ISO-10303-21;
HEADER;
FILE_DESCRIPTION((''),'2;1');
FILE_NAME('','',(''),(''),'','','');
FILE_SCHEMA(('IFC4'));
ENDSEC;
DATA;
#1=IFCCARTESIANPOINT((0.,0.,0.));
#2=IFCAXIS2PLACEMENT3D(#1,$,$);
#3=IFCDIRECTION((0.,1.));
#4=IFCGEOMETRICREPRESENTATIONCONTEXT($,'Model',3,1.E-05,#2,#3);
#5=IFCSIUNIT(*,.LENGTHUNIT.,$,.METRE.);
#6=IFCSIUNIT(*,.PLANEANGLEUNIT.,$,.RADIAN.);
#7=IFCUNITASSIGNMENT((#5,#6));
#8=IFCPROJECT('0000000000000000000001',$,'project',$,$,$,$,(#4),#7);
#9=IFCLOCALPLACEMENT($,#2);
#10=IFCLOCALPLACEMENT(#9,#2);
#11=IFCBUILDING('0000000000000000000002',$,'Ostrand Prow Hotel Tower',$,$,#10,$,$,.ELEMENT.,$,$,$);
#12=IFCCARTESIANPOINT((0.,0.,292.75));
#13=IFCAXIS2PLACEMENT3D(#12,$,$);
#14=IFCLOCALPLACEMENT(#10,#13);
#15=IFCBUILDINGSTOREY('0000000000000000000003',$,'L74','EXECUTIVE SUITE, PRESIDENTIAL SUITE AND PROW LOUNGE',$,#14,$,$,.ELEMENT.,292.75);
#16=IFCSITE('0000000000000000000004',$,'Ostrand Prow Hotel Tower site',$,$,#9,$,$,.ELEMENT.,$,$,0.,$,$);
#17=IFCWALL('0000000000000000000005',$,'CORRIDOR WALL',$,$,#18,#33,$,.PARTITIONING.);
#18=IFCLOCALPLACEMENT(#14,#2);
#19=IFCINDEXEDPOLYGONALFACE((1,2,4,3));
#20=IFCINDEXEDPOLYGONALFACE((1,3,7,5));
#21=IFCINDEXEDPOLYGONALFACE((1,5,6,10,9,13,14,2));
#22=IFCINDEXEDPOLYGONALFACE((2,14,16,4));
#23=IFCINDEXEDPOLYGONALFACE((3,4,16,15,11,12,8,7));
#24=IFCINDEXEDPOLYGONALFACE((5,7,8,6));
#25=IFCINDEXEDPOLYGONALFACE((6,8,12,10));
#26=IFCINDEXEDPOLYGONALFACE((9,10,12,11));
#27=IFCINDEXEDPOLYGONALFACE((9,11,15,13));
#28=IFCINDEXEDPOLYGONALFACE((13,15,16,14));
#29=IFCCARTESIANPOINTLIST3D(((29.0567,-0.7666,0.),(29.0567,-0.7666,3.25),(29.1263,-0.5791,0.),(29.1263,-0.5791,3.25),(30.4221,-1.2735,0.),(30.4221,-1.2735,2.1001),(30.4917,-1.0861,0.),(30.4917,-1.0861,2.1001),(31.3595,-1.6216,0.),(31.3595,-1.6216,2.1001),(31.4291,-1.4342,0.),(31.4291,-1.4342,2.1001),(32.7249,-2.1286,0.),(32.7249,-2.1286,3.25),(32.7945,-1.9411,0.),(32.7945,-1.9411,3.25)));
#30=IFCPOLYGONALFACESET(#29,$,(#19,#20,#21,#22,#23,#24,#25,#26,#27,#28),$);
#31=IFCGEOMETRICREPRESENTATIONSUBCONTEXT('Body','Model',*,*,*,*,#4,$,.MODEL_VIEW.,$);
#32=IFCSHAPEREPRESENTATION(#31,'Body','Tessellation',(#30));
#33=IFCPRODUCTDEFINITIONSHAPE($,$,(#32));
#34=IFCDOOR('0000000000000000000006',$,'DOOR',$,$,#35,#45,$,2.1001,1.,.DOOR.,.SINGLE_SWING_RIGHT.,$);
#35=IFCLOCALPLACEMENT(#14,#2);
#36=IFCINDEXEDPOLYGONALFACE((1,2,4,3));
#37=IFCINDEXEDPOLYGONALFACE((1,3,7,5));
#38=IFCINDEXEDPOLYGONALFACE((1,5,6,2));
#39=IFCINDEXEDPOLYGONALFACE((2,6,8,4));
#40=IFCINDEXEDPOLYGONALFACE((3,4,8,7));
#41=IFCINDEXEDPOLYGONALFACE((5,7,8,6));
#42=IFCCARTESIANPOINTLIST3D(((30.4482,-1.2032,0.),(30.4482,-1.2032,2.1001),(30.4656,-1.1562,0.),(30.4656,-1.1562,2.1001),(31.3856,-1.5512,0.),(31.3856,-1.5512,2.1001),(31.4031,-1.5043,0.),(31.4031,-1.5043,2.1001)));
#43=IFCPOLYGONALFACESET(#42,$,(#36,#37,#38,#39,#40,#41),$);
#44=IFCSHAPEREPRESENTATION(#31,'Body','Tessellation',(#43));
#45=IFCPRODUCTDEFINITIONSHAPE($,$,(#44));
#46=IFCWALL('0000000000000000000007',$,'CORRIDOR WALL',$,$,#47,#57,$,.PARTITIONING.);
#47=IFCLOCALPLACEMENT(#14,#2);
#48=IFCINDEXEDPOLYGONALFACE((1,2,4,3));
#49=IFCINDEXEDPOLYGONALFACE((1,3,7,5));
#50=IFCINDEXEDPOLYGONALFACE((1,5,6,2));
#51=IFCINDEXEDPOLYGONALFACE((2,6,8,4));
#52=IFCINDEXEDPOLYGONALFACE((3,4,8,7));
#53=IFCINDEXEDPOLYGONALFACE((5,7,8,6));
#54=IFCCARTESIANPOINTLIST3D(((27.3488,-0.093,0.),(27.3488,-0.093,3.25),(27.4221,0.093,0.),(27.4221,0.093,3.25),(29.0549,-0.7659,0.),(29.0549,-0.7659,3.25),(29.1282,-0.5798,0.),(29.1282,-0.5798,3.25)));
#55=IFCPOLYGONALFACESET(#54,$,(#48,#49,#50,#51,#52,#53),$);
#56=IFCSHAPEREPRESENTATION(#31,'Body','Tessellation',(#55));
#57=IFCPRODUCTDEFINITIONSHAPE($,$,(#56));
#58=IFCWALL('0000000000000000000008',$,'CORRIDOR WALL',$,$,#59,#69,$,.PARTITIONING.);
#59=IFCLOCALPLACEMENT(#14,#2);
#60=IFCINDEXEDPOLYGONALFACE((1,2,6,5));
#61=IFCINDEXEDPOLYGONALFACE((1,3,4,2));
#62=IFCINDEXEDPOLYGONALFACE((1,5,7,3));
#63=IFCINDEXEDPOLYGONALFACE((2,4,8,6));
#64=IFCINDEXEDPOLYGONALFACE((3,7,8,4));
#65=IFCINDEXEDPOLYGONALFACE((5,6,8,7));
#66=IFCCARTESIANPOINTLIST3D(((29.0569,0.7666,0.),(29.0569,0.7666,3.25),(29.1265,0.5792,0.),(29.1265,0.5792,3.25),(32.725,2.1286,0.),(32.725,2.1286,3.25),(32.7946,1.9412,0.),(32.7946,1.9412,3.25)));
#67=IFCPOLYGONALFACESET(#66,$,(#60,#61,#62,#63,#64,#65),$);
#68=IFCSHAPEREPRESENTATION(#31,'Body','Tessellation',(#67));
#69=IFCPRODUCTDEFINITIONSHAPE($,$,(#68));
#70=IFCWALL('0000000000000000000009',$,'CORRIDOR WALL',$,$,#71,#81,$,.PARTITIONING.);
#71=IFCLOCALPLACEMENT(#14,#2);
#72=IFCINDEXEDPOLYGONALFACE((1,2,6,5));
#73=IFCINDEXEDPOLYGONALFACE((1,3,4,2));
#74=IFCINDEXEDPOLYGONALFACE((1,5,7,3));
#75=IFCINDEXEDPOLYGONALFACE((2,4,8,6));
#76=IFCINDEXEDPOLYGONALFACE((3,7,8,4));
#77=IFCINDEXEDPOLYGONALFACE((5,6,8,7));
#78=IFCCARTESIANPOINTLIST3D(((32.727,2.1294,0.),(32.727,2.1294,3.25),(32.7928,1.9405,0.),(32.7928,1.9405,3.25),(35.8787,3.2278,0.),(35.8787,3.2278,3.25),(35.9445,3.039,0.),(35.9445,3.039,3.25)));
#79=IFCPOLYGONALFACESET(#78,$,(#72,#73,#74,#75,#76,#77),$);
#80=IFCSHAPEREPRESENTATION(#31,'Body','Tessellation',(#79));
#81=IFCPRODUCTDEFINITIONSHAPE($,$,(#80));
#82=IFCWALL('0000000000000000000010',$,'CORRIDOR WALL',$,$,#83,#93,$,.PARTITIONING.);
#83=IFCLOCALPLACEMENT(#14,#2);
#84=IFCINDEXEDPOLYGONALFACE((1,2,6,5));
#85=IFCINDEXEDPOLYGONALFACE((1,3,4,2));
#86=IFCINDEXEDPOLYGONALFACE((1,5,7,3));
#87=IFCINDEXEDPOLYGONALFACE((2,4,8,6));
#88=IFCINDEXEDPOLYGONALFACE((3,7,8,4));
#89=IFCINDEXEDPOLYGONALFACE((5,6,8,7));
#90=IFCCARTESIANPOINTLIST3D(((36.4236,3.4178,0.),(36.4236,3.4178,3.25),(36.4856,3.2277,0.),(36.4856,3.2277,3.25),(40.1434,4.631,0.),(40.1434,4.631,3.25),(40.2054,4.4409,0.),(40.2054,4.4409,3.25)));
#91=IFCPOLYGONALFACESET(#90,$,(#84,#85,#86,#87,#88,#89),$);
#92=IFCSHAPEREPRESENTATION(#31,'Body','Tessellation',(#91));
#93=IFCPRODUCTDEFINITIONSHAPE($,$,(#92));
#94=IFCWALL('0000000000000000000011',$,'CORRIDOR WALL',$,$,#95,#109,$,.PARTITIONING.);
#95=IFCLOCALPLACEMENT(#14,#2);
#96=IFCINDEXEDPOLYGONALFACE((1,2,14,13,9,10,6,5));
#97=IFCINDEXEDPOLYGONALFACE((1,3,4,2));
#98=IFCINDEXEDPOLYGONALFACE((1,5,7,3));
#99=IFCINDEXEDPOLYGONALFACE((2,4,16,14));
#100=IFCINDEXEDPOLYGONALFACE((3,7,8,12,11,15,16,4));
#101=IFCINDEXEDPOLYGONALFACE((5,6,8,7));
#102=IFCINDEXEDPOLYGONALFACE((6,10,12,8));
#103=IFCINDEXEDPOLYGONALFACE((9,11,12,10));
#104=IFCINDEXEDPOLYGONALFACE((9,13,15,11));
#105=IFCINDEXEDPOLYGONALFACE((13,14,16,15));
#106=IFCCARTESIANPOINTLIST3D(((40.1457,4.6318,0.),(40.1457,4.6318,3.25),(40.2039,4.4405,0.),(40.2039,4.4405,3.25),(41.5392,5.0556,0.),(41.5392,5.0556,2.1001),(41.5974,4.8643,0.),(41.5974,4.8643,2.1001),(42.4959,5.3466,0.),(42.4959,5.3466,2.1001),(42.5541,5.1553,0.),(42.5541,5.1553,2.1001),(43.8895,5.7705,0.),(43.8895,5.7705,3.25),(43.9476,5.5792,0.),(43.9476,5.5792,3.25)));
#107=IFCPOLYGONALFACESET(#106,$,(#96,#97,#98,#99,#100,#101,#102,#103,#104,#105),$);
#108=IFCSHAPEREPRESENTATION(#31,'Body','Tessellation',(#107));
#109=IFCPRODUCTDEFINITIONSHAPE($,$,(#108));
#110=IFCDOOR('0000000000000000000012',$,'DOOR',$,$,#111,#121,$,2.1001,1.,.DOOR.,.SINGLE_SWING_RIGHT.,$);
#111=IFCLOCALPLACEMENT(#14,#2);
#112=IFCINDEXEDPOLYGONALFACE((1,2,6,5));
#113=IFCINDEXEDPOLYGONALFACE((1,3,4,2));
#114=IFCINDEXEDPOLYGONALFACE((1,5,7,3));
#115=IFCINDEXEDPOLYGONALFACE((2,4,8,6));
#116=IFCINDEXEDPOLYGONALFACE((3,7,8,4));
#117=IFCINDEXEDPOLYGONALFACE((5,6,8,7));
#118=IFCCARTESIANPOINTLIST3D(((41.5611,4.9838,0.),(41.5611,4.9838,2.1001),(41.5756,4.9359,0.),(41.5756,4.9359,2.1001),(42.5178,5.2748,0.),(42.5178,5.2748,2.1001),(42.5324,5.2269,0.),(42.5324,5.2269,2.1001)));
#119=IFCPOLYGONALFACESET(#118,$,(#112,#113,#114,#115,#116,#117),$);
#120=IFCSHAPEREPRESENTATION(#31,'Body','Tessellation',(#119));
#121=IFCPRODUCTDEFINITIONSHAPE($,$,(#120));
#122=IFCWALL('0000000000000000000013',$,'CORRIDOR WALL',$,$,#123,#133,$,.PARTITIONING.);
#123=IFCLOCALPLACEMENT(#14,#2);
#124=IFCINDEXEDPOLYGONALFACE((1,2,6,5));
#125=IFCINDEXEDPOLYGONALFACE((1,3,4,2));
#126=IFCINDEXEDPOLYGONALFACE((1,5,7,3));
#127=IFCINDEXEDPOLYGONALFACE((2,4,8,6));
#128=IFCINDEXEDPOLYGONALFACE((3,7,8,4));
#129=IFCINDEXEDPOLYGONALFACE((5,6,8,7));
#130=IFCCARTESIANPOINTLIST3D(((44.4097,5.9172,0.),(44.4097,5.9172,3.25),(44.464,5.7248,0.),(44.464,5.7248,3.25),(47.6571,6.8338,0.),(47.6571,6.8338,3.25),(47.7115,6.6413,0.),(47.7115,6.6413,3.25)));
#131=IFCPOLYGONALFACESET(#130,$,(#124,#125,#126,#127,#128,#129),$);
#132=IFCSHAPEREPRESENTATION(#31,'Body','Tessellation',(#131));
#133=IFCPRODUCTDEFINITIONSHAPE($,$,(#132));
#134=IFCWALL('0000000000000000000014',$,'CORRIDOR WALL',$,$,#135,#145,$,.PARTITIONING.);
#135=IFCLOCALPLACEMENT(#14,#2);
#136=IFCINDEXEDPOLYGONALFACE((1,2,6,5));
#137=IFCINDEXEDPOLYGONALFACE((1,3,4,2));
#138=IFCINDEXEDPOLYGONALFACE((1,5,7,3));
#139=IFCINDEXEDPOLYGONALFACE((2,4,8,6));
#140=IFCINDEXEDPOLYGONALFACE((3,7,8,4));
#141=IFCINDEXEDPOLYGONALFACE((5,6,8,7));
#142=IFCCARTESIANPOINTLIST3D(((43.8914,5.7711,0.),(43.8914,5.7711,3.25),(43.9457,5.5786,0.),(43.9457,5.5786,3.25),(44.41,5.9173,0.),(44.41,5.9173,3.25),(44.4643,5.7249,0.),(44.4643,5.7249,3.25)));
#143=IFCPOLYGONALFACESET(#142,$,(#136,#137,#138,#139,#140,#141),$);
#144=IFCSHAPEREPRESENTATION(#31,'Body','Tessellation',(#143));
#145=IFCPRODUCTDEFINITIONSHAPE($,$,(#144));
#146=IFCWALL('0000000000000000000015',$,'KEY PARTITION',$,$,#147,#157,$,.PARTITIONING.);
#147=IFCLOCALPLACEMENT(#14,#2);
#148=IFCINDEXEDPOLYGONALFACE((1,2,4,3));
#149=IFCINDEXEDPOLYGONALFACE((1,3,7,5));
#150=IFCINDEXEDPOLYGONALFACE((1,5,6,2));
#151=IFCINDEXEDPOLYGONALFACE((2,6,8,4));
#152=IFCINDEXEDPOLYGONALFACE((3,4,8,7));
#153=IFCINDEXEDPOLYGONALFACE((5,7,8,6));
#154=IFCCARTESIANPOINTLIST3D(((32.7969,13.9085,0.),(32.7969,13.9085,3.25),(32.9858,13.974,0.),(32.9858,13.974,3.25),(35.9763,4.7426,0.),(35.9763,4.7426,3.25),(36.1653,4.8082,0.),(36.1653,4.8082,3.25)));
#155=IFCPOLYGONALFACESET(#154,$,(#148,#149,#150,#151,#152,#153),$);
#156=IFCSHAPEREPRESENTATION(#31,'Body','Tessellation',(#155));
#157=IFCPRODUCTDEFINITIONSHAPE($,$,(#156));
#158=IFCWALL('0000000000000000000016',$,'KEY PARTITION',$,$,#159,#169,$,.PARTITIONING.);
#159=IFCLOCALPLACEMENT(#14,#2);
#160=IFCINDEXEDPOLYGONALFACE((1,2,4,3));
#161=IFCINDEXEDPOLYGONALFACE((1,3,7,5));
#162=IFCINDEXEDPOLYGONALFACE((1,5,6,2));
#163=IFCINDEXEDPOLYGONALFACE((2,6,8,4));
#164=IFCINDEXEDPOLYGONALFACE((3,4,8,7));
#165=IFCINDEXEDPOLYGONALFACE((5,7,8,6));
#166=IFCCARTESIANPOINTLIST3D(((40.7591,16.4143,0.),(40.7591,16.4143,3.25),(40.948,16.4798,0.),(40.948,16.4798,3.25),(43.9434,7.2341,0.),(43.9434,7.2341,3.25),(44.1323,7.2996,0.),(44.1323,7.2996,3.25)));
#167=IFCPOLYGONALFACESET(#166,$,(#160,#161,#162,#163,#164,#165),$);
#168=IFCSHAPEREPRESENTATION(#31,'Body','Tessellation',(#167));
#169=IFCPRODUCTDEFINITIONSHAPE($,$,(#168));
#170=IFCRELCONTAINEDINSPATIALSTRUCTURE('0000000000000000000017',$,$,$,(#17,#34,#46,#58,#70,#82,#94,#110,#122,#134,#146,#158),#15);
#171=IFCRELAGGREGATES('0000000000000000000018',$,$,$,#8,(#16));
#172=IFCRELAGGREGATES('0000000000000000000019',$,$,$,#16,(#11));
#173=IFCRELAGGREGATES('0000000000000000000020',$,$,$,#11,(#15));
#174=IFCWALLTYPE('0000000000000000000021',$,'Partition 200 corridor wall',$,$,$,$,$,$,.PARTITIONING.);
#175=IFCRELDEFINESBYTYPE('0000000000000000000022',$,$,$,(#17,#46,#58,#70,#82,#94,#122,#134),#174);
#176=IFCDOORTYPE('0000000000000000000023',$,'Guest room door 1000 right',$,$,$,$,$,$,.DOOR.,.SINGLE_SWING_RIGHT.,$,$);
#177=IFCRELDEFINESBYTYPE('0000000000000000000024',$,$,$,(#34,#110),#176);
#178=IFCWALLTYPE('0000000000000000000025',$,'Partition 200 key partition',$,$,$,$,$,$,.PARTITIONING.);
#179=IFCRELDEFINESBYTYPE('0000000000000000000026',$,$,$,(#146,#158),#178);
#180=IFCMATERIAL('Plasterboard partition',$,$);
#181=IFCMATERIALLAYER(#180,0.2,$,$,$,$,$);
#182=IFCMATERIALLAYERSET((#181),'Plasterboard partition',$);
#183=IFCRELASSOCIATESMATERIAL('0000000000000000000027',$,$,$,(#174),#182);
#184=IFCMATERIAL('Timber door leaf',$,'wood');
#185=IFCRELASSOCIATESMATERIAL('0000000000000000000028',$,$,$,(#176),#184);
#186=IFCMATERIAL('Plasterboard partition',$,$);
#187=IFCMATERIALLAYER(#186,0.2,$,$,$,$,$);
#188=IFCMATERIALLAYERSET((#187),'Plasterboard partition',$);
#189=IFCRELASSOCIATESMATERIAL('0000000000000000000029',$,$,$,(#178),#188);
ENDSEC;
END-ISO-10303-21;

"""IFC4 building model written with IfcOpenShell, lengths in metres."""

from ifc_helpers import new_model, si_unit, direction, frame, frame_2d, origin, place, context, subcontext, project, spatial, rectangle, extrude, material, layer, layer_set, type_object, element, fill, save


model = new_model("IFC4")

# Units and contexts
model_context = context("Model", 3, precision=1e-05, world=origin(), true_north=direction((0.0, 1.0)))
body_context = subcontext(model_context, "Body", "Model", "MODEL_VIEW")
ifc_project = project(units=[si_unit("LENGTHUNIT", "METRE"), si_unit("PLANEANGLEUNIT", "RADIAN")], contexts=[model_context])

# Site, building, storey
site_placement = place(None, origin())
site = spatial("IfcSite", under=ifc_project, at=site_placement, Name="Ostrand Prow Hotel Tower site", CompositionType="ELEMENT", RefElevation=0.0)
building_placement = place(site_placement, origin())
building = spatial("IfcBuilding", under=site, at=building_placement, Name="Ostrand Prow Hotel Tower", CompositionType="ELEMENT")
storey_placement = place(building_placement, frame((0.0, 0.0, 292.75)))
storey = spatial("IfcBuildingStorey", under=building, at=storey_placement, Name="L74", Description="EXECUTIVE SUITE, PRESIDENTIAL SUITE AND PROW LOUNGE", CompositionType="ELEMENT", Elevation=292.75)

# Wall, opening, door
ifc_material_1 = material(Name="Plasterboard partition")
ifc_layer_1 = layer(ifc_material_1, 0.2)
ifc_layer_set_1 = layer_set([ifc_layer_1], Name="Plasterboard partition")
wall_type_1 = type_object("IfcWallType", Name="Partition 200 corridor wall", PredefinedType="PARTITIONING", material=ifc_layer_set_1)
ifc_material_2 = material(Name="Timber door leaf", Category="wood")
door_type_1 = type_object("IfcDoorType", Name="Guest room door 1000 right", OperationType="SINGLE_SWING_RIGHT", PredefinedType="DOOR", material=ifc_material_2)
wall_1_placement = place(storey_placement, frame((32.7598, -2.0349, 0.0), z_axis=(0.0, 0.0, 1.0), x_axis=(-0.93746, 0.348093, 0.0)))
wall_1 = element("IfcWall", 1, at=wall_1_placement, inside=storey, type_object=wall_type_1, Name="CORRIDOR WALL", PredefinedType="PARTITIONING", context=body_context, shape_type="SweptSolid", body=[
    extrude(rectangle(XDim=3.9128, YDim=0.2, at=frame_2d((1.9565, 0.0))), origin(), (0.0, 0.0, 1.0), 3.25),
])
opening_1_placement = place(wall_1_placement, frame((1.4565, 0.0, 0.0)))
opening_1 = element("IfcOpeningElement", 2, at=opening_1_placement, cuts=wall_1, PredefinedType="OPENING", context=body_context, shape_type="SweptSolid", body=[
    extrude(rectangle(XDim=1.0, YDim=2.1001, at=frame_2d((0.5, 1.05))), frame((0.0, 0.1099, 0.0), z_axis=(0.0, -1.0, 0.0), x_axis=(1.0, 0.0, 0.0)), (0.0, 0.0, 1.0), 0.22),
])
door_1_placement = place(opening_1_placement, origin())
door_1 = element("IfcDoor", 3, at=door_1_placement, inside=storey, type_object=door_type_1, Name="DOOR", OperationType="SINGLE_SWING_RIGHT", OverallHeight=2.1001, OverallWidth=1.0, PredefinedType="DOOR", context=body_context, shape_type="SweptSolid", body=[
    extrude(rectangle(XDim=1.0, YDim=2.1001, at=frame_2d((0.5, 1.05))), frame((0.0, 0.0249, 0.0), z_axis=(0.0, -1.0, 0.0), x_axis=(1.0, 0.0, 0.0)), (0.0, 0.0, 1.0), 0.05),
])
fill(opening_1, door_1)

# Walls
wall_2_placement = place(storey_placement, frame((29.0916, -0.6729, 0.0), z_axis=(0.0, 0.0, 1.0), x_axis=(-0.930265, 0.366888, 0.0)))
element("IfcWall", 4, at=wall_2_placement, inside=storey, type_object=wall_type_1, Name="CORRIDOR WALL", PredefinedType="PARTITIONING", context=body_context, shape_type="SweptSolid", body=[
    extrude(rectangle(XDim=1.834, YDim=0.2, at=frame_2d((0.917, 0.0))), origin(), (0.0, 0.0, 1.0), 3.25),
])
wall_3_placement = place(storey_placement, frame((29.0916, 0.6729, 0.0), z_axis=(0.0, 0.0, 1.0), x_axis=(0.93746, 0.348093, 0.0)))
element("IfcWall", 5, at=wall_3_placement, inside=storey, type_object=wall_type_1, Name="CORRIDOR WALL", PredefinedType="PARTITIONING", context=body_context, shape_type="SweptSolid", body=[
    extrude(rectangle(XDim=3.9128, YDim=0.2, at=frame_2d((1.9565, 0.0))), origin(), (0.0, 0.0, 1.0), 3.25),
])
wall_4_placement = place(storey_placement, frame((32.7598, 2.0349, 0.0), z_axis=(0.0, 0.0, 1.0), x_axis=(0.944294, 0.329102, 0.0)))
element("IfcWall", 6, at=wall_4_placement, inside=storey, type_object=wall_type_1, Name="CORRIDOR WALL", PredefinedType="PARTITIONING", context=body_context, shape_type="SweptSolid", body=[
    extrude(rectangle(XDim=3.3376, YDim=0.2, at=frame_2d((1.6689, 0.0))), origin(), (0.0, 0.0, 1.0), 3.25),
])
wall_5_placement = place(storey_placement, frame((36.4546, 3.3228, 0.0), z_axis=(0.0, 0.0, 1.0), x_axis=(0.950716, 0.310062, 0.0)))
element("IfcWall", 7, at=wall_5_placement, inside=storey, type_object=wall_type_1, Name="CORRIDOR WALL", PredefinedType="PARTITIONING", context=body_context, shape_type="SweptSolid", body=[
    extrude(rectangle(XDim=3.9126, YDim=0.2, at=frame_2d((1.9563, 0.0))), origin(), (0.0, 0.0, 1.0), 3.25),
])

# Wall, opening, door
wall_6_placement = place(storey_placement, frame((40.1748, 4.5361, 0.0), z_axis=(0.0, 0.0, 1.0), x_axis=(0.956724, 0.290998, 0.0)))
wall_6 = element("IfcWall", 8, at=wall_6_placement, inside=storey, type_object=wall_type_1, Name="CORRIDOR WALL", PredefinedType="PARTITIONING", context=body_context, shape_type="SweptSolid", body=[
    extrude(rectangle(XDim=3.9131, YDim=0.2, at=frame_2d((1.9565, 0.0))), origin(), (0.0, 0.0, 1.0), 3.25),
])
opening_2_placement = place(wall_6_placement, frame((1.4565, 0.0, 0.0)))
opening_2 = element("IfcOpeningElement", 9, at=opening_2_placement, cuts=wall_6, PredefinedType="OPENING", context=body_context, shape_type="SweptSolid", body=[
    extrude(rectangle(XDim=1.0, YDim=2.1001, at=frame_2d((0.5, 1.05))), frame((0.0, 0.1099, 0.0), z_axis=(0.0, -1.0, 0.0), x_axis=(1.0, 0.0, 0.0)), (0.0, 0.0, 1.0), 0.22),
])
door_2_placement = place(opening_2_placement, origin())
door_2 = element("IfcDoor", 10, at=door_2_placement, inside=storey, type_object=door_type_1, Name="DOOR", OperationType="SINGLE_SWING_RIGHT", OverallHeight=2.1001, OverallWidth=1.0, PredefinedType="DOOR", context=body_context, shape_type="SweptSolid", body=[
    extrude(rectangle(XDim=1.0, YDim=2.1001, at=frame_2d((0.5, 1.05))), frame((0.0, 0.0249, 0.0), z_axis=(0.0, -1.0, 0.0), x_axis=(1.0, 0.0, 0.0)), (0.0, 0.0, 1.0), 0.05),
])
fill(opening_2, door_2)

# Walls
wall_7_placement = place(storey_placement, frame((44.437, 5.821, 0.0), z_axis=(0.0, 0.0, 1.0), x_axis=(0.962404, 0.271623, 0.0)))
element("IfcWall", 11, at=wall_7_placement, inside=storey, type_object=wall_type_1, Name="CORRIDOR WALL", PredefinedType="PARTITIONING", context=body_context, shape_type="SweptSolid", body=[
    extrude(rectangle(XDim=3.3743, YDim=0.2, at=frame_2d((1.687, 0.0))), origin(), (0.0, 0.0, 1.0), 3.25),
])
wall_8_placement = place(storey_placement, frame((43.9185, 5.6748, 0.0), z_axis=(0.0, 0.0, 1.0), x_axis=(0.962459, 0.271428, 0.0)))
element("IfcWall", 12, at=wall_8_placement, inside=storey, type_object=wall_type_1, Name="CORRIDOR WALL", PredefinedType="PARTITIONING", context=body_context, shape_type="SweptSolid", body=[
    extrude(rectangle(XDim=0.5388, YDim=0.2, at=frame_2d((0.2695, 0.0))), origin(), (0.0, 0.0, 1.0), 3.25),
])
ifc_material_3 = material(Name="Plasterboard partition")
ifc_layer_2 = layer(ifc_material_3, 0.2)
ifc_layer_set_2 = layer_set([ifc_layer_2], Name="Plasterboard partition")
wall_type_2 = type_object("IfcWallType", Name="Partition 200 key partition", PredefinedType="PARTITIONING", material=ifc_layer_set_2)
wall_9_placement = place(storey_placement, frame((36.0708, 4.7754, 0.0), z_axis=(0.0, 0.0, 1.0), x_axis=(-0.327725, 0.944773, 0.0)))
element("IfcWall", 13, at=wall_9_placement, inside=storey, type_object=wall_type_2, Name="KEY PARTITION", PredefinedType="PARTITIONING", context=body_context, shape_type="SweptSolid", body=[
    extrude(rectangle(XDim=9.7017, YDim=0.2, at=frame_2d((4.8508, 0.0))), origin(), (0.0, 0.0, 1.0), 3.25),
])
wall_10_placement = place(storey_placement, frame((44.0378, 7.2668, 0.0), z_axis=(0.0, 0.0, 1.0), x_axis=(-0.327715, 0.944777, 0.0)))
element("IfcWall", 14, at=wall_10_placement, inside=storey, type_object=wall_type_2, Name="KEY PARTITION", PredefinedType="PARTITIONING", context=body_context, shape_type="SweptSolid", body=[
    extrude(rectangle(XDim=9.7168, YDim=0.2, at=frame_2d((4.8584, 0.0))), origin(), (0.0, 0.0, 1.0), 3.25),
])

save(model, "model.ifc")
